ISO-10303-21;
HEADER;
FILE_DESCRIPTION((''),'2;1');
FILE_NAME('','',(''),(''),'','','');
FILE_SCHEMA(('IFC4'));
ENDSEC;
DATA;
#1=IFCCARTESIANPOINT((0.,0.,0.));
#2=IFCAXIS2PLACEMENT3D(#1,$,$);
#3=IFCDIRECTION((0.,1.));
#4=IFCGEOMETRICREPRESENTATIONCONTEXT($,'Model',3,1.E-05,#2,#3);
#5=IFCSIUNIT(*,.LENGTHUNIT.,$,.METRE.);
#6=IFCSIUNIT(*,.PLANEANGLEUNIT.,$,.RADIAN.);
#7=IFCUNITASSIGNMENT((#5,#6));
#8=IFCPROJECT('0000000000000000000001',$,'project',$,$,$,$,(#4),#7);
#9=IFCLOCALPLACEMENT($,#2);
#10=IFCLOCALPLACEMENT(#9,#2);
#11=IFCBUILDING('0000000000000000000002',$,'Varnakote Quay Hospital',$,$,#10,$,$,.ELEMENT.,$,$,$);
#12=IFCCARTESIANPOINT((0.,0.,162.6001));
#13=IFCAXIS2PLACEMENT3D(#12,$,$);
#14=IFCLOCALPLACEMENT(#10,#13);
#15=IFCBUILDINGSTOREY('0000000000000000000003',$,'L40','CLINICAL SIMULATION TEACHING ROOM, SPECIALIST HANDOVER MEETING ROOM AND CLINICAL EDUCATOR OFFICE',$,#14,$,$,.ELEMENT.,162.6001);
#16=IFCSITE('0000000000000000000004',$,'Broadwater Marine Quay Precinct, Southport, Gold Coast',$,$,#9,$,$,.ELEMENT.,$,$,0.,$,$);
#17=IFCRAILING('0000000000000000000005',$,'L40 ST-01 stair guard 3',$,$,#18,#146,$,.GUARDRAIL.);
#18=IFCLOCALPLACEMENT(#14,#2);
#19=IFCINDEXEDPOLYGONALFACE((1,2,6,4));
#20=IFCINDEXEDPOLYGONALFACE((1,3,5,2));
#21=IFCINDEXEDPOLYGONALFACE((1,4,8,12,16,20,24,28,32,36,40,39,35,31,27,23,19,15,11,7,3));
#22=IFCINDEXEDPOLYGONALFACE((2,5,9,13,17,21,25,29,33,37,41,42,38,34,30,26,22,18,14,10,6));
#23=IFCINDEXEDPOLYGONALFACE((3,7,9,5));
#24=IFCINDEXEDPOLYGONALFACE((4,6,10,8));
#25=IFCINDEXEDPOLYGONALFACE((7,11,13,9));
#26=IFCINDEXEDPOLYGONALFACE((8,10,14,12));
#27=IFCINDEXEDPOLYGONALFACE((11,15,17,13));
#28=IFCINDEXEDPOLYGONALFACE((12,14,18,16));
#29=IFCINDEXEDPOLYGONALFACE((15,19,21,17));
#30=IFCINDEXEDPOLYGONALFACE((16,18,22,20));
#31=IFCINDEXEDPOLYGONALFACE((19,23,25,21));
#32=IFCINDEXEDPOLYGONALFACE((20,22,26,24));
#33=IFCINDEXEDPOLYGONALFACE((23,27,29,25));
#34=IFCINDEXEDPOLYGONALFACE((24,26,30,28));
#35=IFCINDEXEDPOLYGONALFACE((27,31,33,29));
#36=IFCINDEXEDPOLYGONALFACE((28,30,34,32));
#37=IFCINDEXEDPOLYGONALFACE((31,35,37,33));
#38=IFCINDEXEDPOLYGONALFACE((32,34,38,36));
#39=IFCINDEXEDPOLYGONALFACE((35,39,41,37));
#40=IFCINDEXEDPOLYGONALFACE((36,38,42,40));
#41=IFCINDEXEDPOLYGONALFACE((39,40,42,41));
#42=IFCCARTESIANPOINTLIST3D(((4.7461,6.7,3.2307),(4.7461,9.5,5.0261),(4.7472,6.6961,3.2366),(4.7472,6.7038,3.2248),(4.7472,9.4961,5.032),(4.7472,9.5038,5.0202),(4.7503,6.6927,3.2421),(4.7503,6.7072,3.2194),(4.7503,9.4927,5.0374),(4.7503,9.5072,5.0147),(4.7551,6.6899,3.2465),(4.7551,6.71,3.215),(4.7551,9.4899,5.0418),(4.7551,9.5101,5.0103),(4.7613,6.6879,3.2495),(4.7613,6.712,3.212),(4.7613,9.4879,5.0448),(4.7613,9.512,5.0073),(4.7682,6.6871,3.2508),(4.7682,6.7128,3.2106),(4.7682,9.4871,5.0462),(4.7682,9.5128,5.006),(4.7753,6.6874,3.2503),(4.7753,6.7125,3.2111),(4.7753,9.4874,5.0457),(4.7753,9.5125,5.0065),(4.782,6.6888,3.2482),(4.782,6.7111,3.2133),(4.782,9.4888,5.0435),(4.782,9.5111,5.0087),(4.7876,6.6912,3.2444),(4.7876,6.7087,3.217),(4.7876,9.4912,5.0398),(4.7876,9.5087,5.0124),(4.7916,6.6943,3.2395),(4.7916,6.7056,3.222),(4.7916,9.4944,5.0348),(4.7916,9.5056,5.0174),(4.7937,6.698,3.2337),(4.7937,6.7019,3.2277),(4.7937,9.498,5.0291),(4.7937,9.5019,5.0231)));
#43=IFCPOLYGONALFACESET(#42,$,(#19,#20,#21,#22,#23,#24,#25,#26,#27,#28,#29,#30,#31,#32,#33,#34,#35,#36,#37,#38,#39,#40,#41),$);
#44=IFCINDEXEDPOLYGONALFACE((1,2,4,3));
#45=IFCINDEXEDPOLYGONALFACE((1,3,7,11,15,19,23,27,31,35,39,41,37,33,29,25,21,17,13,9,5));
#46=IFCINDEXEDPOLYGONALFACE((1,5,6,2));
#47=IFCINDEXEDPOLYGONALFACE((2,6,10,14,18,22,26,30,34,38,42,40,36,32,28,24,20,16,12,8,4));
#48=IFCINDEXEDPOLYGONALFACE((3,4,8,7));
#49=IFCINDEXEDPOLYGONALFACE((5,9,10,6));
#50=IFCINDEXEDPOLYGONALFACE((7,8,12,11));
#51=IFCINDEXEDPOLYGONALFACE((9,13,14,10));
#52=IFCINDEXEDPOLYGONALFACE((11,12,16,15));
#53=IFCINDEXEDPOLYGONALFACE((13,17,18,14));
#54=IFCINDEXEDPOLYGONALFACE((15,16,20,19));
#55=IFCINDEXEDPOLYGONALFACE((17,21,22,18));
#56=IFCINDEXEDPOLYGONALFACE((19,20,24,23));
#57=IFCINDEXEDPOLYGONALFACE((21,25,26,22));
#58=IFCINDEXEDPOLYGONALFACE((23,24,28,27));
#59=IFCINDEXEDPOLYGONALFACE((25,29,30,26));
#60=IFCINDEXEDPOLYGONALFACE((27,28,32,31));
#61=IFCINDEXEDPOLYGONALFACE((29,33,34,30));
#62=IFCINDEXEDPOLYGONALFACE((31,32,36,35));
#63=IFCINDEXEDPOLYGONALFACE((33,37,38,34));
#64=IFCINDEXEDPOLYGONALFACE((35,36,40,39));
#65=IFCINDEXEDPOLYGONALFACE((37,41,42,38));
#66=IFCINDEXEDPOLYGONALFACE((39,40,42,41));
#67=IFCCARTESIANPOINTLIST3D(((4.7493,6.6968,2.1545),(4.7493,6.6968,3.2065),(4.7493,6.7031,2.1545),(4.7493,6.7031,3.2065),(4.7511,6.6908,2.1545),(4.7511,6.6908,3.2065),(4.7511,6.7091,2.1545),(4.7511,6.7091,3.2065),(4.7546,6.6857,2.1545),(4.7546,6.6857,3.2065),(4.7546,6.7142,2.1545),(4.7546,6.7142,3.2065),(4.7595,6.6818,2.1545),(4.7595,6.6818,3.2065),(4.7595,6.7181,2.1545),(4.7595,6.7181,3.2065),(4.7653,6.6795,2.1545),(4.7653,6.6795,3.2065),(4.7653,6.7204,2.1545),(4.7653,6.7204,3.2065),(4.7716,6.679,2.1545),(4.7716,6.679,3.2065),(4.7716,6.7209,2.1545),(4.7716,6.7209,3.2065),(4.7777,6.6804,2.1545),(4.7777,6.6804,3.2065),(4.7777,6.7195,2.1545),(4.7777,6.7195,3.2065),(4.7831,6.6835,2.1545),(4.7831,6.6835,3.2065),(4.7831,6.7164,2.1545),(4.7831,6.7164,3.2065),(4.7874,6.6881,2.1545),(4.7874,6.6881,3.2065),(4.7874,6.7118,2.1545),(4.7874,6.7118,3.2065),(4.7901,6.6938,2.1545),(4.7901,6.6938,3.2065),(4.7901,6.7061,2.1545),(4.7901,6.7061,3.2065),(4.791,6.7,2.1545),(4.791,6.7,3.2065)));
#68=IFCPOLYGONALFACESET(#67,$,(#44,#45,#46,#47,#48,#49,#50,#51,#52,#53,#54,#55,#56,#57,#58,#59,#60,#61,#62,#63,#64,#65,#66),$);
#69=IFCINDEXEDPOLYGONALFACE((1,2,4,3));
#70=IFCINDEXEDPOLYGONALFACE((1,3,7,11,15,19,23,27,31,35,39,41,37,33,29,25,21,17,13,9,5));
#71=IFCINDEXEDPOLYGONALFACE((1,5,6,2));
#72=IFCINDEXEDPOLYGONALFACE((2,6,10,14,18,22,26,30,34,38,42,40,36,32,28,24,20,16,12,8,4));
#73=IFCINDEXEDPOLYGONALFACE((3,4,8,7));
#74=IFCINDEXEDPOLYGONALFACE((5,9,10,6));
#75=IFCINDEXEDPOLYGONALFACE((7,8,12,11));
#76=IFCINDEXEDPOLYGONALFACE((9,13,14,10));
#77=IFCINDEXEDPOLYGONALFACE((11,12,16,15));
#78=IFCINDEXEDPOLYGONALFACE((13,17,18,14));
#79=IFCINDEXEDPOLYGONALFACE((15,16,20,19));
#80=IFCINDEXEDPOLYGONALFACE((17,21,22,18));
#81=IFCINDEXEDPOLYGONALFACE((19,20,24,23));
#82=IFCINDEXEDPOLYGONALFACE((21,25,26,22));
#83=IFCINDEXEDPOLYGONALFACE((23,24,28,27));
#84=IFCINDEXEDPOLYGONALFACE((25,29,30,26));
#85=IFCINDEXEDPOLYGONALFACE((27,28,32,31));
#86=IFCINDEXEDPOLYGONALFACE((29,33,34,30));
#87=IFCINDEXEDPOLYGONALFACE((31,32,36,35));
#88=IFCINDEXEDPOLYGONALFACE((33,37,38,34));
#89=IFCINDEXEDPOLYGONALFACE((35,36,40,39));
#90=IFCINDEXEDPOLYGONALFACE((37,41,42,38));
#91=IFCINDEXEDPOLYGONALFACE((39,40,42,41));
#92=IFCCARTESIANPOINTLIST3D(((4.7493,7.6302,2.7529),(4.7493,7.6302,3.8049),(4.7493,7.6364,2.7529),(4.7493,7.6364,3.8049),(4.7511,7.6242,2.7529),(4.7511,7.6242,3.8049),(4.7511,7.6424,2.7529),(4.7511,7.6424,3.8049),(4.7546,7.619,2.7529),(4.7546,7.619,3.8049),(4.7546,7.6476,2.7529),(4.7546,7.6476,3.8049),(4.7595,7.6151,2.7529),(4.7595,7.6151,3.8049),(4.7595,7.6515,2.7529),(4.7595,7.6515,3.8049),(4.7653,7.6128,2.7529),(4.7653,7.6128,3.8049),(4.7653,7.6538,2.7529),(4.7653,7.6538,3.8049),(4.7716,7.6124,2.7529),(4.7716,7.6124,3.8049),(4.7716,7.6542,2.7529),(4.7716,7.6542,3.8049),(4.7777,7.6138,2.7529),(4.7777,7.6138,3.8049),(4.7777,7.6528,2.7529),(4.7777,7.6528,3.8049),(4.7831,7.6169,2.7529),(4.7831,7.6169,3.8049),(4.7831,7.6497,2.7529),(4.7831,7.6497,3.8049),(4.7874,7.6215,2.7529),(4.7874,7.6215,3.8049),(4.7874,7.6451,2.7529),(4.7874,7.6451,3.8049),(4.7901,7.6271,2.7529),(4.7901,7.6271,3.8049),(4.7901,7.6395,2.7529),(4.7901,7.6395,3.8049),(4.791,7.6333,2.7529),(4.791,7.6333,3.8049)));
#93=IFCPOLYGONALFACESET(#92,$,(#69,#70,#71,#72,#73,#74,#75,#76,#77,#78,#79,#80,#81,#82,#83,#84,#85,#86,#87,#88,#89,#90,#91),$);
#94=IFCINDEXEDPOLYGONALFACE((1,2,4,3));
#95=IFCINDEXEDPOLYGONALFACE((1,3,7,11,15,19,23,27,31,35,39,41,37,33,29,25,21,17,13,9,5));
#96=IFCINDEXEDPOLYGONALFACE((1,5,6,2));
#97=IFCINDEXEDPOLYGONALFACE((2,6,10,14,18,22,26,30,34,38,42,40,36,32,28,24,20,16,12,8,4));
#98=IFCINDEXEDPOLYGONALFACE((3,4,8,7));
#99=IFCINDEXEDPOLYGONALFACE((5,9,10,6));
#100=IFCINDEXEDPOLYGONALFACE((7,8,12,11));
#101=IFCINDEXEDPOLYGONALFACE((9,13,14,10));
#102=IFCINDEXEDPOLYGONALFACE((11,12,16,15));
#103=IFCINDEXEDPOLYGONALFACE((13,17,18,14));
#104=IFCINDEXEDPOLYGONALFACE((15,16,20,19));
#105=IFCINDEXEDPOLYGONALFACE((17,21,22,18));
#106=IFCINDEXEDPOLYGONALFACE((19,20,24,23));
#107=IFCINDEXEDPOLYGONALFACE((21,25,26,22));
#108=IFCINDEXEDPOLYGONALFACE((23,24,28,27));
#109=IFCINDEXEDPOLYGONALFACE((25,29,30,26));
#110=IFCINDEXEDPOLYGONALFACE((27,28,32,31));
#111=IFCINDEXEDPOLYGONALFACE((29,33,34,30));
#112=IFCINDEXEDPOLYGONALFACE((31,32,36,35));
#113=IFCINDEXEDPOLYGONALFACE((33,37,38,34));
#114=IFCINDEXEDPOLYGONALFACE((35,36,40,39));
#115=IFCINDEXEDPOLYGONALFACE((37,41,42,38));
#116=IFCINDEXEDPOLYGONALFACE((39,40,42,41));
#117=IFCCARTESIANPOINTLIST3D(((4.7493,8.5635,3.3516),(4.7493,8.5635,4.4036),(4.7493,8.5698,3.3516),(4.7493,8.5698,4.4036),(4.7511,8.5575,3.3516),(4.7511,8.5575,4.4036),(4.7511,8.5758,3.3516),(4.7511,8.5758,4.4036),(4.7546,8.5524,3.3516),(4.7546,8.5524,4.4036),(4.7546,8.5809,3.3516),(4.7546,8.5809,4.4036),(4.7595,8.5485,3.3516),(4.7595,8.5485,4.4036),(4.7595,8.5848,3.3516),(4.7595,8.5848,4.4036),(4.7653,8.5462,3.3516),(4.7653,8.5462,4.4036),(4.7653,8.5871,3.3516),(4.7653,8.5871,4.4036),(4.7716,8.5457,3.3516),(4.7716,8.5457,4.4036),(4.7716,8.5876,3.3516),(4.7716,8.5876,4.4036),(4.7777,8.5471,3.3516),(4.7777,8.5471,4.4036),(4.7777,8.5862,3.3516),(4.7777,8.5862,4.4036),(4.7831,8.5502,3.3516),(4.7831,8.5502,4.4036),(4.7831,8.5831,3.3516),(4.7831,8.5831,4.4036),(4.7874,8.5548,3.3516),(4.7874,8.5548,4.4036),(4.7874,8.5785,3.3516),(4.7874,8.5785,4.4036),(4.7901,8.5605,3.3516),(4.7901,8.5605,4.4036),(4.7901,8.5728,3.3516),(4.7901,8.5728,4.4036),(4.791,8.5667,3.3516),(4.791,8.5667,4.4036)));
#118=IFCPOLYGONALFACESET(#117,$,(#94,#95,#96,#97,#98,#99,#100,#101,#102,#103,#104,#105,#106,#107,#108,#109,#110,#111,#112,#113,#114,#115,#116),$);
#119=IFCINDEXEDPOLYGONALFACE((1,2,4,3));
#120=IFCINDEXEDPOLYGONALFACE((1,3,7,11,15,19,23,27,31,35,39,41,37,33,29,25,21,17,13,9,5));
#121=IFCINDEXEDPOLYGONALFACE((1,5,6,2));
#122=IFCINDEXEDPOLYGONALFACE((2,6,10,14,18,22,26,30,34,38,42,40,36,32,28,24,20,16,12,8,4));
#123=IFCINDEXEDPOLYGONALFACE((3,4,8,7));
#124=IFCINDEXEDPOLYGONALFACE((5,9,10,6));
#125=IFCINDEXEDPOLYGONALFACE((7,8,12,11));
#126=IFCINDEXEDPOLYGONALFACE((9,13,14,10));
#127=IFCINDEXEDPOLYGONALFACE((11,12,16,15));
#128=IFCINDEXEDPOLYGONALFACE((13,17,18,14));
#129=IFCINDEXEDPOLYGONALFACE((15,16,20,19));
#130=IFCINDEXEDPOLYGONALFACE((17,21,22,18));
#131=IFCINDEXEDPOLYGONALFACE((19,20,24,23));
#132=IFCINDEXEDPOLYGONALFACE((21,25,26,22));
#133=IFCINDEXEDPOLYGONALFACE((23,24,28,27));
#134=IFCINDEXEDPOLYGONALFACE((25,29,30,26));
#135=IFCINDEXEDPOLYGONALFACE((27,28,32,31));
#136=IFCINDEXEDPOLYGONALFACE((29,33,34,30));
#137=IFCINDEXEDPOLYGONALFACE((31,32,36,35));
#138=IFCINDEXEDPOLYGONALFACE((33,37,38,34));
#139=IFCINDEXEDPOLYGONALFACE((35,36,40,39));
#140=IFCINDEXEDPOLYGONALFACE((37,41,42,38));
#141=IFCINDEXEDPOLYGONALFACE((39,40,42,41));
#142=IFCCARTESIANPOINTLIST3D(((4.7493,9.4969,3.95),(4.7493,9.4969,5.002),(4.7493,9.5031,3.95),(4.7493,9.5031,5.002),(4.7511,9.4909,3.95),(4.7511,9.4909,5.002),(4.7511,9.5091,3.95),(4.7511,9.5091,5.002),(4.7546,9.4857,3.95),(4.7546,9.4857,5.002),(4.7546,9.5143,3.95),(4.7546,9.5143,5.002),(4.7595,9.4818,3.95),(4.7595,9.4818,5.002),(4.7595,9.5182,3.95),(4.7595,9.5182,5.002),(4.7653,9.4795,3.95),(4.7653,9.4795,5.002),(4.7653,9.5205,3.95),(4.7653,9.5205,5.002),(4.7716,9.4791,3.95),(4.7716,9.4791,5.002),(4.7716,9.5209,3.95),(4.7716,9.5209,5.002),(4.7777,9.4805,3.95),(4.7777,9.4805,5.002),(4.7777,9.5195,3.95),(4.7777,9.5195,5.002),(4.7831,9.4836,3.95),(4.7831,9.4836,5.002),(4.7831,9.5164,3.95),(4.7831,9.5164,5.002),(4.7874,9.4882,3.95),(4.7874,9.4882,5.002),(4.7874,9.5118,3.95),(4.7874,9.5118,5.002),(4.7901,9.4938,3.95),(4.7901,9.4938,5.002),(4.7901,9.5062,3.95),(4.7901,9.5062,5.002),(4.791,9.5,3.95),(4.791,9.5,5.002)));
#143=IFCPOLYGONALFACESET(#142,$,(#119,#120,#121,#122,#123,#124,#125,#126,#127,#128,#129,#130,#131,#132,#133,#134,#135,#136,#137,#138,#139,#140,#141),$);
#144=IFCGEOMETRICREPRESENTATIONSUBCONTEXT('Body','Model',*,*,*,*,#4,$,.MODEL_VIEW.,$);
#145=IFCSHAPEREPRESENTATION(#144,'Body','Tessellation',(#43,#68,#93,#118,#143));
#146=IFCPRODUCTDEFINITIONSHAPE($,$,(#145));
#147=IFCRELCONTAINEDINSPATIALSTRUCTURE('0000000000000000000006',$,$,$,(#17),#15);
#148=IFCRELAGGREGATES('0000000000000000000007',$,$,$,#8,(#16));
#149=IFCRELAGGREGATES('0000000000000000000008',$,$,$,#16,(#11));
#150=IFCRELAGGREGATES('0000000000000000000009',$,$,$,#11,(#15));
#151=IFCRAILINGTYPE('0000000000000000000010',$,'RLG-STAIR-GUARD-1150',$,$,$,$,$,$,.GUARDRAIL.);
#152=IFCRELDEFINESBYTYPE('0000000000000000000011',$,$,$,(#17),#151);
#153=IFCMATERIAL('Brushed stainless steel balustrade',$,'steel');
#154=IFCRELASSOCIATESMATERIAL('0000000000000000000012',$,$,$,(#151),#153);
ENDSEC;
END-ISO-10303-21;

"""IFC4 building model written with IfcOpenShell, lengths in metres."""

from ifc_helpers import new_model, si_unit, direction, frame, origin, origin_2d, place, context, subcontext, project, spatial, circle, extrude, material, type_object, element, save


model = new_model("IFC4")

# Units and contexts
model_context = context("Model", 3, precision=1e-05, world=origin(), true_north=direction((0.0, 1.0)))
body_context = subcontext(model_context, "Body", "Model", "MODEL_VIEW")
ifc_project = project(units=[si_unit("LENGTHUNIT", "METRE"), si_unit("PLANEANGLEUNIT", "RADIAN")], contexts=[model_context])

# Site, building, storey
site_placement = place(None, origin())
site = spatial("IfcSite", under=ifc_project, at=site_placement, Name="Broadwater Marine Quay Precinct, Southport, Gold Coast", CompositionType="ELEMENT", RefElevation=0.0)
building_placement = place(site_placement, origin())
building = spatial("IfcBuilding", under=site, at=building_placement, Name="Varnakote Quay Hospital", CompositionType="ELEMENT")
storey_placement = place(building_placement, frame((0.0, 0.0, 162.6001)))
storey = spatial("IfcBuildingStorey", under=building, at=storey_placement, Name="L40", Description="CLINICAL SIMULATION TEACHING ROOM, SPECIALIST HANDOVER MEETING ROOM AND CLINICAL EDUCATOR OFFICE", CompositionType="ELEMENT", Elevation=162.6001)

# Railing
ifc_material_1 = material(Name="Brushed stainless steel balustrade", Category="steel")
railing_type_1 = type_object("IfcRailingType", Name="RLG-STAIR-GUARD-1150", PredefinedType="GUARDRAIL", material=ifc_material_1)
railing_1_placement = place(storey_placement, frame((4.77, 6.7, 2.1545)))
element("IfcRailing", 1, at=railing_1_placement, inside=storey, type_object=railing_type_1, Name="L40 ST-01 stair guard 3", PredefinedType="GUARDRAIL", context=body_context, shape_type="SweptSolid", body=[
    extrude(circle(Radius=0.0239, at=origin_2d()), frame((0.0, 0.0, 1.0762), z_axis=(0.0, 0.84181, 0.539774), x_axis=(-1.0, 0.0, 0.0)), (0.0, 0.0, 1.0), 3.3262),
    extrude(circle(Radius=0.021, at=origin_2d()), origin(), (0.0, 0.0, 1.0), 1.052),
    extrude(circle(Radius=0.021, at=origin_2d()), frame((0.0, 0.9333, 0.5984)), (0.0, 0.0, 1.0), 1.052),
    extrude(circle(Radius=0.021, at=origin_2d()), frame((0.0, 1.8667, 1.197)), (0.0, 0.0, 1.0), 1.052),
    extrude(circle(Radius=0.021, at=origin_2d()), frame((0.0, 2.8, 1.7954)), (0.0, 0.0, 1.0), 1.052),
])

save(model, "model.ifc")
